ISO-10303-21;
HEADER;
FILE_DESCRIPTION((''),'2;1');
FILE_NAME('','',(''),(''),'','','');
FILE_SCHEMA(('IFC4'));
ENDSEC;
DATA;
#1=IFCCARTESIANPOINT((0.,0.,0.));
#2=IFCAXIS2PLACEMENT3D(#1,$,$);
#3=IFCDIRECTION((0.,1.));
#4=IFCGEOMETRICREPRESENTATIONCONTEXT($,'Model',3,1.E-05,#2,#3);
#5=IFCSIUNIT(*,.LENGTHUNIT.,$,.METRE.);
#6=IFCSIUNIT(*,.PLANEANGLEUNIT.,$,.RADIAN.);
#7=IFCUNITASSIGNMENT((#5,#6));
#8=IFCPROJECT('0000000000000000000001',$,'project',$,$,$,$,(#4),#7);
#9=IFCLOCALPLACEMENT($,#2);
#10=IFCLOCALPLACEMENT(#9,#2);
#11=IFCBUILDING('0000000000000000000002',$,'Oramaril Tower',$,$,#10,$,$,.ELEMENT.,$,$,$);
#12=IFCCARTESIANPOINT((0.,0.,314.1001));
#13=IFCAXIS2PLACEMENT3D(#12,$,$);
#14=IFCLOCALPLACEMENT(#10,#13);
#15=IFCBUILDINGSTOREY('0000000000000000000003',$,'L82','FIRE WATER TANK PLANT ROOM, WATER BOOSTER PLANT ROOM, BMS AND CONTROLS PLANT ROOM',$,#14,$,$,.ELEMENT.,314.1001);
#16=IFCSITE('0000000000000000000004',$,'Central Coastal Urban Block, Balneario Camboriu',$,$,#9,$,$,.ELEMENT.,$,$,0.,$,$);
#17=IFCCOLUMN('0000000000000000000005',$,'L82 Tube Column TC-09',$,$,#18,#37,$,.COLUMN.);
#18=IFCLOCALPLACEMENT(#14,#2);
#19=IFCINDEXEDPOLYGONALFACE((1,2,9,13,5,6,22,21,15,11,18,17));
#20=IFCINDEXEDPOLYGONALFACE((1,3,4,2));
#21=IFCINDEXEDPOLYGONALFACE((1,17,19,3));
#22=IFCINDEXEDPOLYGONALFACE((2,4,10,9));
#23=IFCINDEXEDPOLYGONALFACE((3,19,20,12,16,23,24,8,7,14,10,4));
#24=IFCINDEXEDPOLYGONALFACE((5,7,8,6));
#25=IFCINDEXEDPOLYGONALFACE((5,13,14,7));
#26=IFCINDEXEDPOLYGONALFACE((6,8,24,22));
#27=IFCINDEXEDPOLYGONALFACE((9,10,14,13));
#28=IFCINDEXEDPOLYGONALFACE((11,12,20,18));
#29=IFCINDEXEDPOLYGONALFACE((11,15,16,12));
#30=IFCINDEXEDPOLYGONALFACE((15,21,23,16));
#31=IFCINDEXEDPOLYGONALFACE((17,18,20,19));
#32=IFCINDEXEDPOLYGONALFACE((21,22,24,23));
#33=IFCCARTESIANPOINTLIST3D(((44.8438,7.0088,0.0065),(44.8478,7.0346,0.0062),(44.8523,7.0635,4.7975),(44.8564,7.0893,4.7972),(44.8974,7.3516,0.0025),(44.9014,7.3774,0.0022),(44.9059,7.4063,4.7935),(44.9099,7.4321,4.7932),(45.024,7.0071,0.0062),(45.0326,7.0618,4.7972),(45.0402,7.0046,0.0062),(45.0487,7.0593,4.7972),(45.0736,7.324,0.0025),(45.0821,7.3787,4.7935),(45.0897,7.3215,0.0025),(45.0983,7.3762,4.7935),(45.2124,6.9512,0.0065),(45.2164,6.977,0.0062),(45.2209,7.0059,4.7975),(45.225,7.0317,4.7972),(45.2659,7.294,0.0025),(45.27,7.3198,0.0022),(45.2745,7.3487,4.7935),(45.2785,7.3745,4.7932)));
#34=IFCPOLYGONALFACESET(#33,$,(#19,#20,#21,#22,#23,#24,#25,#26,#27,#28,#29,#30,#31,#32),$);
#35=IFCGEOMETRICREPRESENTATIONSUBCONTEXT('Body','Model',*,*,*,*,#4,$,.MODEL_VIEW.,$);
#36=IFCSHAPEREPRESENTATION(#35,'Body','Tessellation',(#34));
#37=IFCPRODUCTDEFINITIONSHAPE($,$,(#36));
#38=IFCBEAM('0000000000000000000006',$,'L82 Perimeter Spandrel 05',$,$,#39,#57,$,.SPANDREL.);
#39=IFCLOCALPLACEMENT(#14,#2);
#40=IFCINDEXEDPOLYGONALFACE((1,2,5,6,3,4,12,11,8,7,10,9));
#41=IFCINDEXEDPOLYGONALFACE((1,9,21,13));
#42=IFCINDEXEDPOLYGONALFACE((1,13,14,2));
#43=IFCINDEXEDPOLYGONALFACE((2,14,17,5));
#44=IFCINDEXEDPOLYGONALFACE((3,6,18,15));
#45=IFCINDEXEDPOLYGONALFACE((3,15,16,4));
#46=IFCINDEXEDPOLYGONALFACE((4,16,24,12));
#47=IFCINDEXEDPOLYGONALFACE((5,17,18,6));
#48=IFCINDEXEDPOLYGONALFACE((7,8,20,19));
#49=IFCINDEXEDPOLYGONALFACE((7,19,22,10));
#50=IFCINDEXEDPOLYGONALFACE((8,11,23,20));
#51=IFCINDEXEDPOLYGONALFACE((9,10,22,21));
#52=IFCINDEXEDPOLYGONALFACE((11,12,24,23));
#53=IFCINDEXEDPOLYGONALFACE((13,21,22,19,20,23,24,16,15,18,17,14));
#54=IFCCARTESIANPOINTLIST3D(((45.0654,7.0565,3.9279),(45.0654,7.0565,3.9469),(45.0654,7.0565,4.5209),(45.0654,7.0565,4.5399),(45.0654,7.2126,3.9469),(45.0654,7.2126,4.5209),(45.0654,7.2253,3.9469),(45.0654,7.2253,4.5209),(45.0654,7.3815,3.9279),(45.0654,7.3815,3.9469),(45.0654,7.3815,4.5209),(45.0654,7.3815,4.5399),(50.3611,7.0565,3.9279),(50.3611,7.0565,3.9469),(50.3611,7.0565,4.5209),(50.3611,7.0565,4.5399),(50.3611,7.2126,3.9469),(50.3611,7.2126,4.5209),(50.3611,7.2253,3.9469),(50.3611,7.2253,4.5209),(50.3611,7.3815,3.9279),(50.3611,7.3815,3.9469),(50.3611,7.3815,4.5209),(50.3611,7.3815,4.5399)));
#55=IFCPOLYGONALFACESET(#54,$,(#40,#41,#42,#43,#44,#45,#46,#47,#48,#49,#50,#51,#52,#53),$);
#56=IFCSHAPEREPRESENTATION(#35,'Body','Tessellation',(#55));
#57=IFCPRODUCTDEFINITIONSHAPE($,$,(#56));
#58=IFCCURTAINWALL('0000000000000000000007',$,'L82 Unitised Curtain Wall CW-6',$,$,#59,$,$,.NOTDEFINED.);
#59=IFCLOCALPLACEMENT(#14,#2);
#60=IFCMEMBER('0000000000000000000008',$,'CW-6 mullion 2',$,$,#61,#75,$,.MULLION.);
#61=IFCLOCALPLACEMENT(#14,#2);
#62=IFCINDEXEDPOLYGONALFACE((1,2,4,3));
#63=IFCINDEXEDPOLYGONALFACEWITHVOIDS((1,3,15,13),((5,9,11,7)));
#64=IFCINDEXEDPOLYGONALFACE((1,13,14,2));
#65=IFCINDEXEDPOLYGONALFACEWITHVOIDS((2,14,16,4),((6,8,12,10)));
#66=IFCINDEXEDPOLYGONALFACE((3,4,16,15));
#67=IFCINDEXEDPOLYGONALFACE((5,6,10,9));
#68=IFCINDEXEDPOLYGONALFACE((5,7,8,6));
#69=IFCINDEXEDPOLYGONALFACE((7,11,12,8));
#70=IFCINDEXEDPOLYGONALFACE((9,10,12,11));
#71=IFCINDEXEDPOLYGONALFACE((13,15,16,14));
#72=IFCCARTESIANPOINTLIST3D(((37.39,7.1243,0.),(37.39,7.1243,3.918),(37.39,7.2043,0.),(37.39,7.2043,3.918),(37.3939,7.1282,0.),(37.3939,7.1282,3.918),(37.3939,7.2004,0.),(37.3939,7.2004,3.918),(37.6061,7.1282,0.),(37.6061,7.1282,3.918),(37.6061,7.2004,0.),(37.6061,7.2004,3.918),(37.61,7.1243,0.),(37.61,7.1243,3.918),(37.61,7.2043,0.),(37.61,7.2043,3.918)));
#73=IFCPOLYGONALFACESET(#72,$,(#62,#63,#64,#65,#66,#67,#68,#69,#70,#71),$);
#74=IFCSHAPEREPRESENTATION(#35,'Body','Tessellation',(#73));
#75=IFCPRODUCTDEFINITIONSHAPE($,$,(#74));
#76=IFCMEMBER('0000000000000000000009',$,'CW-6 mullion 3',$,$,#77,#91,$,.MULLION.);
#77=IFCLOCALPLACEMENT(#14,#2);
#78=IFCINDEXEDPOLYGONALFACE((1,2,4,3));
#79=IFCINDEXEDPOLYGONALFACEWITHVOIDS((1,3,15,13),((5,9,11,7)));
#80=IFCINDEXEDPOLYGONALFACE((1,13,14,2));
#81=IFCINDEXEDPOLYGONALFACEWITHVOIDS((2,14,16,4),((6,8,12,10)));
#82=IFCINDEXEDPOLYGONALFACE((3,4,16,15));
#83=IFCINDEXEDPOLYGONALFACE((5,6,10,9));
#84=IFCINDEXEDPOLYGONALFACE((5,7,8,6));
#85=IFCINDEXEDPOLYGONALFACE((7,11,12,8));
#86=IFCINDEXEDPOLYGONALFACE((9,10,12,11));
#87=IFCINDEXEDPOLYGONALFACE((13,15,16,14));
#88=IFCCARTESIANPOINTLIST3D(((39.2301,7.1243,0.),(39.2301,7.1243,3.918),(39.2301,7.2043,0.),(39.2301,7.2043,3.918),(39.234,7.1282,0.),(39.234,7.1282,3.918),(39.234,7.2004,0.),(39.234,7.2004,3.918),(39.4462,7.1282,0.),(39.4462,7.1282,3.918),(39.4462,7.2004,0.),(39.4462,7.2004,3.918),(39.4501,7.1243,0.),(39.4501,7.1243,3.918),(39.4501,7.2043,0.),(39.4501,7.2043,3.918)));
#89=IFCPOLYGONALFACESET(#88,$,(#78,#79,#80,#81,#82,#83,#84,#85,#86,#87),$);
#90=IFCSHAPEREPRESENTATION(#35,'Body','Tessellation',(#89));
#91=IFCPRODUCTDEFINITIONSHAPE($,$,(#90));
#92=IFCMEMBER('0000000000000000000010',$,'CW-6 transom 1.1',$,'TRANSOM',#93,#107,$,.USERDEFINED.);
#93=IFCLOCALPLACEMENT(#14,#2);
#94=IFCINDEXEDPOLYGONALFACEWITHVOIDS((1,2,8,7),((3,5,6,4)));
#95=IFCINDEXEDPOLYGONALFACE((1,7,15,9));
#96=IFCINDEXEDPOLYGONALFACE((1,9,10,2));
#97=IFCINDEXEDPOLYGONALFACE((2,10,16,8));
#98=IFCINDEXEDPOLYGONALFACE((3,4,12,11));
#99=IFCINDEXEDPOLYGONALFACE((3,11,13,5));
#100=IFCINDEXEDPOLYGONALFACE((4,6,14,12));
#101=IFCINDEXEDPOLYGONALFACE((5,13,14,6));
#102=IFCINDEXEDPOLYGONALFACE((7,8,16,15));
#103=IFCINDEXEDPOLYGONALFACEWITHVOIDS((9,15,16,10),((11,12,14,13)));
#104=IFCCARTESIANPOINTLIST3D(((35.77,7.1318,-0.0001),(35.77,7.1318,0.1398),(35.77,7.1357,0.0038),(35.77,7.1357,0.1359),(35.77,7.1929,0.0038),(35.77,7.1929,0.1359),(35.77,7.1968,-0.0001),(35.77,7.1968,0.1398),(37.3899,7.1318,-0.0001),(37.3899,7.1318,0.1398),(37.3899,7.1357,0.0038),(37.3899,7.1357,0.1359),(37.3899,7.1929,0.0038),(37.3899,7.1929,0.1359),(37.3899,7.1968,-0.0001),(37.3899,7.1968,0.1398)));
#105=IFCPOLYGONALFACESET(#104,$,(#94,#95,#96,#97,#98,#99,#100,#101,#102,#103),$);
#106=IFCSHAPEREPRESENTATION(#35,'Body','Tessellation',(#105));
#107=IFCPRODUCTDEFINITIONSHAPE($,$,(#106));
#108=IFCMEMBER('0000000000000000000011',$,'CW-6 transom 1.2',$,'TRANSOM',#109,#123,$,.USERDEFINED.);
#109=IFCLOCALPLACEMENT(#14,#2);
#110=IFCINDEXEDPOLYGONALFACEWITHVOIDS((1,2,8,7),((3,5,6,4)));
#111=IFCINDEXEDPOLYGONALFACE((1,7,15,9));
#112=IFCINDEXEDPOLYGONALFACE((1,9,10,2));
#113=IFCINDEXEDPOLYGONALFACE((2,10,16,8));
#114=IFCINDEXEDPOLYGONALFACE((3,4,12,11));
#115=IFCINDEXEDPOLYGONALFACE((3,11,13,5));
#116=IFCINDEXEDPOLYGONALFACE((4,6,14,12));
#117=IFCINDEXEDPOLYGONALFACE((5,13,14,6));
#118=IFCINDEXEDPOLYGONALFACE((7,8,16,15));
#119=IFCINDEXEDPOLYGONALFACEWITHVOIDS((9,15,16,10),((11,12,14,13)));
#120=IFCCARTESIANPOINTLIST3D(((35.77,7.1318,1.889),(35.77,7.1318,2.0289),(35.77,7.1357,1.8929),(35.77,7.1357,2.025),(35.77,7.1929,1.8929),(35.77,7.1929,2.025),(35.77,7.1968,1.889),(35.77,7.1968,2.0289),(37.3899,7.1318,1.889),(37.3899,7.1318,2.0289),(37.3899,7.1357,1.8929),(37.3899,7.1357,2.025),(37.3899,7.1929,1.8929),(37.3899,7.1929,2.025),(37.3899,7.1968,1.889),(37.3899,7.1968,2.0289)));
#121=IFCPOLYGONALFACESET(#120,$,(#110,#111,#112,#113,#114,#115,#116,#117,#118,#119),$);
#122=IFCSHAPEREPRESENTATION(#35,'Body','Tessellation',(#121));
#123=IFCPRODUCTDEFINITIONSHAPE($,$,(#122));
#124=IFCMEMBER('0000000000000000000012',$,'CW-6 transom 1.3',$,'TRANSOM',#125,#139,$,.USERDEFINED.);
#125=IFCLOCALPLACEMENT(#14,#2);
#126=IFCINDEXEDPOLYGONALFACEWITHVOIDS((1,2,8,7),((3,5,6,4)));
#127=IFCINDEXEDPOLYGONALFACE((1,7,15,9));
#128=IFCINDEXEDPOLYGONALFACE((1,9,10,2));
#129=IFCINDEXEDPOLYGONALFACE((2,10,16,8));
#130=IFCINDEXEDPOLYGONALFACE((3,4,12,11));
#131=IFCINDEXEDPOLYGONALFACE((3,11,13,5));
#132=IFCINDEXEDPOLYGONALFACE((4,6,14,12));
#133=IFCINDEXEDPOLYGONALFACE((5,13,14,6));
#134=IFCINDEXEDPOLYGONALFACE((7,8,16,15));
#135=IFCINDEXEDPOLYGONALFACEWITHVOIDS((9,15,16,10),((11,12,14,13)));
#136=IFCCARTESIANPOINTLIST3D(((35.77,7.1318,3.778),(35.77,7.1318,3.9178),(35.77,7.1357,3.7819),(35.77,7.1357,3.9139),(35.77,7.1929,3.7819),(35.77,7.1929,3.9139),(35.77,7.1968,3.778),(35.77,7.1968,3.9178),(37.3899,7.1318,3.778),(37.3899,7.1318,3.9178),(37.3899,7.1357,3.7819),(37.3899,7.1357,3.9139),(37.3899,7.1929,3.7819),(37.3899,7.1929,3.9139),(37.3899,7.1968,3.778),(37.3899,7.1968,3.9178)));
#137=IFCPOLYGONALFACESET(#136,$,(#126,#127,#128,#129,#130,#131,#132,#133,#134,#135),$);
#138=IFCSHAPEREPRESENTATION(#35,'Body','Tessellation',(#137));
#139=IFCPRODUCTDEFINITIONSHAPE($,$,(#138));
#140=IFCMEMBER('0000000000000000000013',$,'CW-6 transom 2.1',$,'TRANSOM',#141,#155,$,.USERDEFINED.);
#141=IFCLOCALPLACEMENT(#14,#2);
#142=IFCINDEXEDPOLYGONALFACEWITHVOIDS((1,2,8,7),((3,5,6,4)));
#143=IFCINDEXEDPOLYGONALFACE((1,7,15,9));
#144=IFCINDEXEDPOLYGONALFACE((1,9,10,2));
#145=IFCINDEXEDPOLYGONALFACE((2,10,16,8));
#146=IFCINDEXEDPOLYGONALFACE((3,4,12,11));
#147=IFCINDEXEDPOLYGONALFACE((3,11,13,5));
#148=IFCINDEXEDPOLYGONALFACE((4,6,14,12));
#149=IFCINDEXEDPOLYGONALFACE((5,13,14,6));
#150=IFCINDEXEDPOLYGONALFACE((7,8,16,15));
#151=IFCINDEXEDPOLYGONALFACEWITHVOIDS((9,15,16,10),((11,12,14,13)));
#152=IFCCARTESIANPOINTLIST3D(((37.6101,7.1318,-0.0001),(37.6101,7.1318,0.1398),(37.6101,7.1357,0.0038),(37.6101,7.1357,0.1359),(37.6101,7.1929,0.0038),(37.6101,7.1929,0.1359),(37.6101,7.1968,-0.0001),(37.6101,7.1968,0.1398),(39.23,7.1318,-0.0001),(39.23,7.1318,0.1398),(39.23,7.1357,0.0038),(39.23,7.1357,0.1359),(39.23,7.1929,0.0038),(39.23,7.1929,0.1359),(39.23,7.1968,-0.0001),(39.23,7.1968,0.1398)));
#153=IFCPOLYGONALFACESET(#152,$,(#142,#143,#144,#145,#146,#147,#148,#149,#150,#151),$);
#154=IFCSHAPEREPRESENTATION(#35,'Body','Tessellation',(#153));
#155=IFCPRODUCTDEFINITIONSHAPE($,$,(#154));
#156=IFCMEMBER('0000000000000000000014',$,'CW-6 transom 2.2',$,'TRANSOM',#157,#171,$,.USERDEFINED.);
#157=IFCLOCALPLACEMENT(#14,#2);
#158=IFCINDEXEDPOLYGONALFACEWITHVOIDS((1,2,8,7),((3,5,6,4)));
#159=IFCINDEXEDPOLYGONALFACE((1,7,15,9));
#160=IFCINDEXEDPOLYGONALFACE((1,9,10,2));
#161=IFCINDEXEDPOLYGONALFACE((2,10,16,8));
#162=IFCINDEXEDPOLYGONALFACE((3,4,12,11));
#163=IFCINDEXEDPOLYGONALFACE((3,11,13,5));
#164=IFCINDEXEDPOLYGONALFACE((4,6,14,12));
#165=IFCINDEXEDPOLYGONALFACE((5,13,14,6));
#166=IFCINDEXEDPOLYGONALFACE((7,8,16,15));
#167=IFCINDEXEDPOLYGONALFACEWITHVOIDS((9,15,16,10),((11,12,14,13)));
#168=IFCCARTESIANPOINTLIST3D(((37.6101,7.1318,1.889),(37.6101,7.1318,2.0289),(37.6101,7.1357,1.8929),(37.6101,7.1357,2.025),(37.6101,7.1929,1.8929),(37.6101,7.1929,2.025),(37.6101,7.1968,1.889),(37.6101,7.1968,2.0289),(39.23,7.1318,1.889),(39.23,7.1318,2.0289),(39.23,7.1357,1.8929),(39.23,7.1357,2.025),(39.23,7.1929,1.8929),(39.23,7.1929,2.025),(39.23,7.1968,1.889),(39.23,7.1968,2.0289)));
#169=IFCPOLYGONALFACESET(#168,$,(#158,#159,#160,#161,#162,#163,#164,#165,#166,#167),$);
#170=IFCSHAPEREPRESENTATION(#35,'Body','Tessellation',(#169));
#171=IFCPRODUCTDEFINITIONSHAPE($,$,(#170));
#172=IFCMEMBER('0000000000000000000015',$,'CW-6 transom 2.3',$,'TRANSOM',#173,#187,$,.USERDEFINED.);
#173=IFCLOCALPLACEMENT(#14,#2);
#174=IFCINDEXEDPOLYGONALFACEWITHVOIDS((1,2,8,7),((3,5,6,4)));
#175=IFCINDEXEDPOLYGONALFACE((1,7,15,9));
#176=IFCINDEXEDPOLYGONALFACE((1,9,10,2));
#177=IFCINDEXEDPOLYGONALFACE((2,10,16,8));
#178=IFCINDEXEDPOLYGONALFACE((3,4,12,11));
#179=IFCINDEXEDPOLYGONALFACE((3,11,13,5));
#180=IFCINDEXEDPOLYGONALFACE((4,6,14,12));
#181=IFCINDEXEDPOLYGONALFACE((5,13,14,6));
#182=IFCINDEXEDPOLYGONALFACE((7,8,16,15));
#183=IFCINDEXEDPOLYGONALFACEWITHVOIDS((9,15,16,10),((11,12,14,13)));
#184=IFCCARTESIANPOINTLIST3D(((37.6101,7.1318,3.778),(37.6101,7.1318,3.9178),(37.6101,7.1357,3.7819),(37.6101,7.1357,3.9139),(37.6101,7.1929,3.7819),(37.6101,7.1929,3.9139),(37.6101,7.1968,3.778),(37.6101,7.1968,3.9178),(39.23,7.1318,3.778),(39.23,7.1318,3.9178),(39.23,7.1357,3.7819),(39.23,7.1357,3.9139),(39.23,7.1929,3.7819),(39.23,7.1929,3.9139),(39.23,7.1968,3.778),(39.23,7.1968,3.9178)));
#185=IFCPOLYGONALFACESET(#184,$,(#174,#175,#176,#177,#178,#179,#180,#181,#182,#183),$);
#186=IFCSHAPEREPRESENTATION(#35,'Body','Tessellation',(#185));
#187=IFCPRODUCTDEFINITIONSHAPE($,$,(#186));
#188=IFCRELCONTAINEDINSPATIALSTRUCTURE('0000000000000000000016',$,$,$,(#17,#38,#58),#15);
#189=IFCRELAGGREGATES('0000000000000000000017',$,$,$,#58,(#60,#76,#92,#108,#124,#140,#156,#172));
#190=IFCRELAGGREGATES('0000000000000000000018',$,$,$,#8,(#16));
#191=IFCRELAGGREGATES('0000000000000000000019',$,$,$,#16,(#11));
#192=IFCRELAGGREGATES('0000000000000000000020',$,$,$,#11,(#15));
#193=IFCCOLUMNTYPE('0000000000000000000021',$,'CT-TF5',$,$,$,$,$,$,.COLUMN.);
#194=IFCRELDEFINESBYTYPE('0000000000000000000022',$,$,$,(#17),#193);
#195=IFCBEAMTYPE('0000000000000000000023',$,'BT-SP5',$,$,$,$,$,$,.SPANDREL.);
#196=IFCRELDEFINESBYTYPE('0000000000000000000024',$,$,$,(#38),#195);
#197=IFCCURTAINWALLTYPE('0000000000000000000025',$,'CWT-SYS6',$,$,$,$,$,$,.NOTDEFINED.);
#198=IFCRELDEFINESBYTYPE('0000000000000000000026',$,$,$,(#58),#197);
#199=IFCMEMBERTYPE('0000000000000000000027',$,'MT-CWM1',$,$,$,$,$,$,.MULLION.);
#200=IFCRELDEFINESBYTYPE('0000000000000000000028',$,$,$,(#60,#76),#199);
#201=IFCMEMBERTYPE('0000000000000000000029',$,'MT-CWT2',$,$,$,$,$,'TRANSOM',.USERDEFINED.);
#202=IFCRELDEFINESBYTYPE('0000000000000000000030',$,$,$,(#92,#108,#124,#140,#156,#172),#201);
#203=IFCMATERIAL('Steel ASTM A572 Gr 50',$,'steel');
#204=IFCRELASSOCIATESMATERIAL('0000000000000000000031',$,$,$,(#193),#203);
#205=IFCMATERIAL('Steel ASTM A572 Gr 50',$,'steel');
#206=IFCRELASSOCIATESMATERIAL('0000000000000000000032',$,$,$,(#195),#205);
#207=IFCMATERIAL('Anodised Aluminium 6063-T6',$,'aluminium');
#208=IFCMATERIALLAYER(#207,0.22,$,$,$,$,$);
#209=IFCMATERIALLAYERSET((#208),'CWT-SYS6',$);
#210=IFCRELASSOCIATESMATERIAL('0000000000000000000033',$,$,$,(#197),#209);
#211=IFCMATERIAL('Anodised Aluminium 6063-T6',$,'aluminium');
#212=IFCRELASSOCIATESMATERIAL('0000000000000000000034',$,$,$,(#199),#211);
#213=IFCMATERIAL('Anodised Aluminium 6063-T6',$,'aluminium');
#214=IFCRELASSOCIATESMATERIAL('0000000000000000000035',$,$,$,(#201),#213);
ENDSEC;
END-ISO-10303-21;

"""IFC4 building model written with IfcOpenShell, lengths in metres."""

from ifc_helpers import new_model, si_unit, direction, frame, origin, origin_2d, place, context, subcontext, project, spatial, hollow_rectangle, i_section, extrude, material, layer, layer_set, material_profile, profile_set, type_object, element, aggregate, save


model = new_model("IFC4")

# Units and contexts
model_context = context("Model", 3, precision=1e-05, world=origin(), true_north=direction((0.0, 1.0)))
body_context = subcontext(model_context, "Body", "Model", "MODEL_VIEW")
ifc_project = project(units=[si_unit("LENGTHUNIT", "METRE"), si_unit("PLANEANGLEUNIT", "RADIAN")], contexts=[model_context])

# Site, building, storey
site_placement = place(None, origin())
site = spatial("IfcSite", under=ifc_project, at=site_placement, Name="Central Coastal Urban Block, Balneario Camboriu", CompositionType="ELEMENT", RefElevation=0.0)
building_placement = place(site_placement, origin())
building = spatial("IfcBuilding", under=site, at=building_placement, Name="Oramaril Tower", CompositionType="ELEMENT")
storey_placement = place(building_placement, frame((0.0, 0.0, 314.1001)))
storey = spatial("IfcBuildingStorey", under=building, at=storey_placement, Name="L82", Description="FIRE WATER TANK PLANT ROOM, WATER BOOSTER PLANT ROOM, BMS AND CONTROLS PLANT ROOM", CompositionType="ELEMENT", Elevation=314.1001)

# Column
ifc_material_1 = material(Name="Steel ASTM A572 Gr 50", Category="steel")
ifc_material_profile_1 = material_profile(ifc_material_1, i_section(OverallWidth=0.373, OverallDepth=0.373, WebThickness=0.0164, FlangeThickness=0.0261, at=origin_2d()), Name="W14X132")
ifc_profile_set_1 = profile_set([ifc_material_profile_1], Name="Steel ASTM A572 Gr 50")
column_type = type_object("IfcColumnType", Name="CT-TF5", PredefinedType="COLUMN", material=ifc_profile_set_1)
column_placement = place(storey_placement, frame((45.0569, 7.1643, 0.0044), z_axis=(0.001783, 0.011414, 0.999933), x_axis=(-0.988012, 0.154377, 0.0)))
element("IfcColumn", 1, at=column_placement, inside=storey, type_object=column_type, Name="L82 Tube Column TC-09", PredefinedType="COLUMN", context=body_context, shape_type="SweptSolid", body=[
    extrude(i_section(OverallWidth=0.373, OverallDepth=0.373, WebThickness=0.0164, FlangeThickness=0.0261, at=origin_2d()), origin(), (0.0, 0.0, 1.0), 4.7913),
])

# Beam
ifc_material_2 = material(Name="Steel ASTM A572 Gr 50", Category="steel")
ifc_material_profile_2 = material_profile(ifc_material_2, i_section(OverallWidth=0.325, OverallDepth=0.6121, WebThickness=0.0127, FlangeThickness=0.019, at=origin_2d()), Name="W24X104")
ifc_profile_set_2 = profile_set([ifc_material_profile_2], Name="Steel ASTM A572 Gr 50")
beam_type = type_object("IfcBeamType", Name="BT-SP5", PredefinedType="SPANDREL", material=ifc_profile_set_2)
beam_placement = place(storey_placement, frame((45.0654, 7.219, 4.2339), z_axis=(1.0, 0.0, 0.0), x_axis=(0.0, 1.0, 0.0)))
element("IfcBeam", 2, at=beam_placement, inside=storey, type_object=beam_type, Name="L82 Perimeter Spandrel 05", PredefinedType="SPANDREL", context=body_context, shape_type="SweptSolid", body=[
    extrude(i_section(OverallWidth=0.325, OverallDepth=0.6121, WebThickness=0.0127, FlangeThickness=0.019, at=origin_2d()), origin(), (0.0, 0.0, 1.0), 5.2957),
])

# Curtain wall, members
ifc_material_3 = material(Name="Anodised Aluminium 6063-T6", Category="aluminium")
ifc_layer_1 = layer(ifc_material_3, 0.22)
ifc_layer_set_1 = layer_set([ifc_layer_1], Name="CWT-SYS6")
curtain_wall_type = type_object("IfcCurtainWallType", Name="CWT-SYS6", PredefinedType="NOTDEFINED", material=ifc_layer_set_1)
curtain_wall_placement = place(storey_placement, origin())
curtain_wall = element("IfcCurtainWall", 3, at=curtain_wall_placement, inside=storey, type_object=curtain_wall_type, Name="L82 Unitised Curtain Wall CW-6", PredefinedType="NOTDEFINED")
ifc_material_4 = material(Name="Anodised Aluminium 6063-T6", Category="aluminium")
ifc_material_profile_3 = material_profile(ifc_material_4, hollow_rectangle(XDim=0.0801, YDim=0.22, WallThickness=0.0039, at=origin_2d()), Name="CWM220X80")
ifc_profile_set_3 = profile_set([ifc_material_profile_3], Name="Anodised Aluminium 6063-T6")
member_type_1 = type_object("IfcMemberType", Name="MT-CWM1", PredefinedType="MULLION", material=ifc_profile_set_3)
member_1_placement = place(storey_placement, frame((37.5, 7.1643, 0.0), z_axis=(0.0, 0.0, 1.0), x_axis=(0.0, 1.0, 0.0)))
member_1 = element("IfcMember", 4, at=member_1_placement, type_object=member_type_1, Name="CW-6 mullion 2", PredefinedType="MULLION", context=body_context, shape_type="SweptSolid", body=[
    extrude(hollow_rectangle(XDim=0.0801, YDim=0.22, WallThickness=0.0039, at=origin_2d()), origin(), (0.0, 0.0, 1.0), 3.918),
])
member_2_placement = place(storey_placement, frame((39.3401, 7.1643, 0.0), z_axis=(0.0, 0.0, 1.0), x_axis=(0.0, 1.0, 0.0)))
member_2 = element("IfcMember", 5, at=member_2_placement, type_object=member_type_1, Name="CW-6 mullion 3", PredefinedType="MULLION", context=body_context, shape_type="SweptSolid", body=[
    extrude(hollow_rectangle(XDim=0.0801, YDim=0.22, WallThickness=0.0039, at=origin_2d()), origin(), (0.0, 0.0, 1.0), 3.918),
])
ifc_material_5 = material(Name="Anodised Aluminium 6063-T6", Category="aluminium")
ifc_material_profile_4 = material_profile(ifc_material_5, hollow_rectangle(XDim=0.0649, YDim=0.1399, WallThickness=0.0039, at=origin_2d()), Name="CWT140X65")
ifc_profile_set_4 = profile_set([ifc_material_profile_4], Name="Anodised Aluminium 6063-T6")
member_type_2 = type_object("IfcMemberType", Name="MT-CWT2", ElementType="TRANSOM", PredefinedType="USERDEFINED", material=ifc_profile_set_4)
member_3_placement = place(storey_placement, frame((35.77, 7.1643, 0.0698), z_axis=(1.0, 0.0, 0.0), x_axis=(0.0, 1.0, 0.0)))
member_3 = element("IfcMember", 6, at=member_3_placement, type_object=member_type_2, Name="CW-6 transom 1.1", ObjectType="TRANSOM", PredefinedType="USERDEFINED", context=body_context, shape_type="SweptSolid", body=[
    extrude(hollow_rectangle(XDim=0.0649, YDim=0.1399, WallThickness=0.0039, at=origin_2d()), origin(), (0.0, 0.0, 1.0), 1.6199),
])
member_4_placement = place(storey_placement, frame((35.77, 7.1643, 1.959), z_axis=(1.0, 0.0, 0.0), x_axis=(0.0, 1.0, 0.0)))
member_4 = element("IfcMember", 7, at=member_4_placement, type_object=member_type_2, Name="CW-6 transom 1.2", ObjectType="TRANSOM", PredefinedType="USERDEFINED", context=body_context, shape_type="SweptSolid", body=[
    extrude(hollow_rectangle(XDim=0.0649, YDim=0.1399, WallThickness=0.0039, at=origin_2d()), origin(), (0.0, 0.0, 1.0), 1.6199),
])
member_5_placement = place(storey_placement, frame((35.77, 7.1643, 3.8479), z_axis=(1.0, 0.0, 0.0), x_axis=(0.0, 1.0, 0.0)))
member_5 = element("IfcMember", 8, at=member_5_placement, type_object=member_type_2, Name="CW-6 transom 1.3", ObjectType="TRANSOM", PredefinedType="USERDEFINED", context=body_context, shape_type="SweptSolid", body=[
    extrude(hollow_rectangle(XDim=0.0649, YDim=0.1399, WallThickness=0.0039, at=origin_2d()), origin(), (0.0, 0.0, 1.0), 1.6199),
])
member_6_placement = place(storey_placement, frame((37.6101, 7.1643, 0.0698), z_axis=(1.0, 0.0, 0.0), x_axis=(0.0, 1.0, 0.0)))
member_6 = element("IfcMember", 9, at=member_6_placement, type_object=member_type_2, Name="CW-6 transom 2.1", ObjectType="TRANSOM", PredefinedType="USERDEFINED", context=body_context, shape_type="SweptSolid", body=[
    extrude(hollow_rectangle(XDim=0.0649, YDim=0.1399, WallThickness=0.0039, at=origin_2d()), origin(), (0.0, 0.0, 1.0), 1.6199),
])
member_7_placement = place(storey_placement, frame((37.6101, 7.1643, 1.959), z_axis=(1.0, 0.0, 0.0), x_axis=(0.0, 1.0, 0.0)))
member_7 = element("IfcMember", 10, at=member_7_placement, type_object=member_type_2, Name="CW-6 transom 2.2", ObjectType="TRANSOM", PredefinedType="USERDEFINED", context=body_context, shape_type="SweptSolid", body=[
    extrude(hollow_rectangle(XDim=0.0649, YDim=0.1399, WallThickness=0.0039, at=origin_2d()), origin(), (0.0, 0.0, 1.0), 1.6199),
])
member_8_placement = place(storey_placement, frame((37.6101, 7.1643, 3.8479), z_axis=(1.0, 0.0, 0.0), x_axis=(0.0, 1.0, 0.0)))
member_8 = element("IfcMember", 11, at=member_8_placement, type_object=member_type_2, Name="CW-6 transom 2.3", ObjectType="TRANSOM", PredefinedType="USERDEFINED", context=body_context, shape_type="SweptSolid", body=[
    extrude(hollow_rectangle(XDim=0.0649, YDim=0.1399, WallThickness=0.0039, at=origin_2d()), origin(), (0.0, 0.0, 1.0), 1.6199),
])
aggregate(curtain_wall, [member_1, member_2, member_3, member_4, member_5, member_6, member_7, member_8])

save(model, "model.ifc")
